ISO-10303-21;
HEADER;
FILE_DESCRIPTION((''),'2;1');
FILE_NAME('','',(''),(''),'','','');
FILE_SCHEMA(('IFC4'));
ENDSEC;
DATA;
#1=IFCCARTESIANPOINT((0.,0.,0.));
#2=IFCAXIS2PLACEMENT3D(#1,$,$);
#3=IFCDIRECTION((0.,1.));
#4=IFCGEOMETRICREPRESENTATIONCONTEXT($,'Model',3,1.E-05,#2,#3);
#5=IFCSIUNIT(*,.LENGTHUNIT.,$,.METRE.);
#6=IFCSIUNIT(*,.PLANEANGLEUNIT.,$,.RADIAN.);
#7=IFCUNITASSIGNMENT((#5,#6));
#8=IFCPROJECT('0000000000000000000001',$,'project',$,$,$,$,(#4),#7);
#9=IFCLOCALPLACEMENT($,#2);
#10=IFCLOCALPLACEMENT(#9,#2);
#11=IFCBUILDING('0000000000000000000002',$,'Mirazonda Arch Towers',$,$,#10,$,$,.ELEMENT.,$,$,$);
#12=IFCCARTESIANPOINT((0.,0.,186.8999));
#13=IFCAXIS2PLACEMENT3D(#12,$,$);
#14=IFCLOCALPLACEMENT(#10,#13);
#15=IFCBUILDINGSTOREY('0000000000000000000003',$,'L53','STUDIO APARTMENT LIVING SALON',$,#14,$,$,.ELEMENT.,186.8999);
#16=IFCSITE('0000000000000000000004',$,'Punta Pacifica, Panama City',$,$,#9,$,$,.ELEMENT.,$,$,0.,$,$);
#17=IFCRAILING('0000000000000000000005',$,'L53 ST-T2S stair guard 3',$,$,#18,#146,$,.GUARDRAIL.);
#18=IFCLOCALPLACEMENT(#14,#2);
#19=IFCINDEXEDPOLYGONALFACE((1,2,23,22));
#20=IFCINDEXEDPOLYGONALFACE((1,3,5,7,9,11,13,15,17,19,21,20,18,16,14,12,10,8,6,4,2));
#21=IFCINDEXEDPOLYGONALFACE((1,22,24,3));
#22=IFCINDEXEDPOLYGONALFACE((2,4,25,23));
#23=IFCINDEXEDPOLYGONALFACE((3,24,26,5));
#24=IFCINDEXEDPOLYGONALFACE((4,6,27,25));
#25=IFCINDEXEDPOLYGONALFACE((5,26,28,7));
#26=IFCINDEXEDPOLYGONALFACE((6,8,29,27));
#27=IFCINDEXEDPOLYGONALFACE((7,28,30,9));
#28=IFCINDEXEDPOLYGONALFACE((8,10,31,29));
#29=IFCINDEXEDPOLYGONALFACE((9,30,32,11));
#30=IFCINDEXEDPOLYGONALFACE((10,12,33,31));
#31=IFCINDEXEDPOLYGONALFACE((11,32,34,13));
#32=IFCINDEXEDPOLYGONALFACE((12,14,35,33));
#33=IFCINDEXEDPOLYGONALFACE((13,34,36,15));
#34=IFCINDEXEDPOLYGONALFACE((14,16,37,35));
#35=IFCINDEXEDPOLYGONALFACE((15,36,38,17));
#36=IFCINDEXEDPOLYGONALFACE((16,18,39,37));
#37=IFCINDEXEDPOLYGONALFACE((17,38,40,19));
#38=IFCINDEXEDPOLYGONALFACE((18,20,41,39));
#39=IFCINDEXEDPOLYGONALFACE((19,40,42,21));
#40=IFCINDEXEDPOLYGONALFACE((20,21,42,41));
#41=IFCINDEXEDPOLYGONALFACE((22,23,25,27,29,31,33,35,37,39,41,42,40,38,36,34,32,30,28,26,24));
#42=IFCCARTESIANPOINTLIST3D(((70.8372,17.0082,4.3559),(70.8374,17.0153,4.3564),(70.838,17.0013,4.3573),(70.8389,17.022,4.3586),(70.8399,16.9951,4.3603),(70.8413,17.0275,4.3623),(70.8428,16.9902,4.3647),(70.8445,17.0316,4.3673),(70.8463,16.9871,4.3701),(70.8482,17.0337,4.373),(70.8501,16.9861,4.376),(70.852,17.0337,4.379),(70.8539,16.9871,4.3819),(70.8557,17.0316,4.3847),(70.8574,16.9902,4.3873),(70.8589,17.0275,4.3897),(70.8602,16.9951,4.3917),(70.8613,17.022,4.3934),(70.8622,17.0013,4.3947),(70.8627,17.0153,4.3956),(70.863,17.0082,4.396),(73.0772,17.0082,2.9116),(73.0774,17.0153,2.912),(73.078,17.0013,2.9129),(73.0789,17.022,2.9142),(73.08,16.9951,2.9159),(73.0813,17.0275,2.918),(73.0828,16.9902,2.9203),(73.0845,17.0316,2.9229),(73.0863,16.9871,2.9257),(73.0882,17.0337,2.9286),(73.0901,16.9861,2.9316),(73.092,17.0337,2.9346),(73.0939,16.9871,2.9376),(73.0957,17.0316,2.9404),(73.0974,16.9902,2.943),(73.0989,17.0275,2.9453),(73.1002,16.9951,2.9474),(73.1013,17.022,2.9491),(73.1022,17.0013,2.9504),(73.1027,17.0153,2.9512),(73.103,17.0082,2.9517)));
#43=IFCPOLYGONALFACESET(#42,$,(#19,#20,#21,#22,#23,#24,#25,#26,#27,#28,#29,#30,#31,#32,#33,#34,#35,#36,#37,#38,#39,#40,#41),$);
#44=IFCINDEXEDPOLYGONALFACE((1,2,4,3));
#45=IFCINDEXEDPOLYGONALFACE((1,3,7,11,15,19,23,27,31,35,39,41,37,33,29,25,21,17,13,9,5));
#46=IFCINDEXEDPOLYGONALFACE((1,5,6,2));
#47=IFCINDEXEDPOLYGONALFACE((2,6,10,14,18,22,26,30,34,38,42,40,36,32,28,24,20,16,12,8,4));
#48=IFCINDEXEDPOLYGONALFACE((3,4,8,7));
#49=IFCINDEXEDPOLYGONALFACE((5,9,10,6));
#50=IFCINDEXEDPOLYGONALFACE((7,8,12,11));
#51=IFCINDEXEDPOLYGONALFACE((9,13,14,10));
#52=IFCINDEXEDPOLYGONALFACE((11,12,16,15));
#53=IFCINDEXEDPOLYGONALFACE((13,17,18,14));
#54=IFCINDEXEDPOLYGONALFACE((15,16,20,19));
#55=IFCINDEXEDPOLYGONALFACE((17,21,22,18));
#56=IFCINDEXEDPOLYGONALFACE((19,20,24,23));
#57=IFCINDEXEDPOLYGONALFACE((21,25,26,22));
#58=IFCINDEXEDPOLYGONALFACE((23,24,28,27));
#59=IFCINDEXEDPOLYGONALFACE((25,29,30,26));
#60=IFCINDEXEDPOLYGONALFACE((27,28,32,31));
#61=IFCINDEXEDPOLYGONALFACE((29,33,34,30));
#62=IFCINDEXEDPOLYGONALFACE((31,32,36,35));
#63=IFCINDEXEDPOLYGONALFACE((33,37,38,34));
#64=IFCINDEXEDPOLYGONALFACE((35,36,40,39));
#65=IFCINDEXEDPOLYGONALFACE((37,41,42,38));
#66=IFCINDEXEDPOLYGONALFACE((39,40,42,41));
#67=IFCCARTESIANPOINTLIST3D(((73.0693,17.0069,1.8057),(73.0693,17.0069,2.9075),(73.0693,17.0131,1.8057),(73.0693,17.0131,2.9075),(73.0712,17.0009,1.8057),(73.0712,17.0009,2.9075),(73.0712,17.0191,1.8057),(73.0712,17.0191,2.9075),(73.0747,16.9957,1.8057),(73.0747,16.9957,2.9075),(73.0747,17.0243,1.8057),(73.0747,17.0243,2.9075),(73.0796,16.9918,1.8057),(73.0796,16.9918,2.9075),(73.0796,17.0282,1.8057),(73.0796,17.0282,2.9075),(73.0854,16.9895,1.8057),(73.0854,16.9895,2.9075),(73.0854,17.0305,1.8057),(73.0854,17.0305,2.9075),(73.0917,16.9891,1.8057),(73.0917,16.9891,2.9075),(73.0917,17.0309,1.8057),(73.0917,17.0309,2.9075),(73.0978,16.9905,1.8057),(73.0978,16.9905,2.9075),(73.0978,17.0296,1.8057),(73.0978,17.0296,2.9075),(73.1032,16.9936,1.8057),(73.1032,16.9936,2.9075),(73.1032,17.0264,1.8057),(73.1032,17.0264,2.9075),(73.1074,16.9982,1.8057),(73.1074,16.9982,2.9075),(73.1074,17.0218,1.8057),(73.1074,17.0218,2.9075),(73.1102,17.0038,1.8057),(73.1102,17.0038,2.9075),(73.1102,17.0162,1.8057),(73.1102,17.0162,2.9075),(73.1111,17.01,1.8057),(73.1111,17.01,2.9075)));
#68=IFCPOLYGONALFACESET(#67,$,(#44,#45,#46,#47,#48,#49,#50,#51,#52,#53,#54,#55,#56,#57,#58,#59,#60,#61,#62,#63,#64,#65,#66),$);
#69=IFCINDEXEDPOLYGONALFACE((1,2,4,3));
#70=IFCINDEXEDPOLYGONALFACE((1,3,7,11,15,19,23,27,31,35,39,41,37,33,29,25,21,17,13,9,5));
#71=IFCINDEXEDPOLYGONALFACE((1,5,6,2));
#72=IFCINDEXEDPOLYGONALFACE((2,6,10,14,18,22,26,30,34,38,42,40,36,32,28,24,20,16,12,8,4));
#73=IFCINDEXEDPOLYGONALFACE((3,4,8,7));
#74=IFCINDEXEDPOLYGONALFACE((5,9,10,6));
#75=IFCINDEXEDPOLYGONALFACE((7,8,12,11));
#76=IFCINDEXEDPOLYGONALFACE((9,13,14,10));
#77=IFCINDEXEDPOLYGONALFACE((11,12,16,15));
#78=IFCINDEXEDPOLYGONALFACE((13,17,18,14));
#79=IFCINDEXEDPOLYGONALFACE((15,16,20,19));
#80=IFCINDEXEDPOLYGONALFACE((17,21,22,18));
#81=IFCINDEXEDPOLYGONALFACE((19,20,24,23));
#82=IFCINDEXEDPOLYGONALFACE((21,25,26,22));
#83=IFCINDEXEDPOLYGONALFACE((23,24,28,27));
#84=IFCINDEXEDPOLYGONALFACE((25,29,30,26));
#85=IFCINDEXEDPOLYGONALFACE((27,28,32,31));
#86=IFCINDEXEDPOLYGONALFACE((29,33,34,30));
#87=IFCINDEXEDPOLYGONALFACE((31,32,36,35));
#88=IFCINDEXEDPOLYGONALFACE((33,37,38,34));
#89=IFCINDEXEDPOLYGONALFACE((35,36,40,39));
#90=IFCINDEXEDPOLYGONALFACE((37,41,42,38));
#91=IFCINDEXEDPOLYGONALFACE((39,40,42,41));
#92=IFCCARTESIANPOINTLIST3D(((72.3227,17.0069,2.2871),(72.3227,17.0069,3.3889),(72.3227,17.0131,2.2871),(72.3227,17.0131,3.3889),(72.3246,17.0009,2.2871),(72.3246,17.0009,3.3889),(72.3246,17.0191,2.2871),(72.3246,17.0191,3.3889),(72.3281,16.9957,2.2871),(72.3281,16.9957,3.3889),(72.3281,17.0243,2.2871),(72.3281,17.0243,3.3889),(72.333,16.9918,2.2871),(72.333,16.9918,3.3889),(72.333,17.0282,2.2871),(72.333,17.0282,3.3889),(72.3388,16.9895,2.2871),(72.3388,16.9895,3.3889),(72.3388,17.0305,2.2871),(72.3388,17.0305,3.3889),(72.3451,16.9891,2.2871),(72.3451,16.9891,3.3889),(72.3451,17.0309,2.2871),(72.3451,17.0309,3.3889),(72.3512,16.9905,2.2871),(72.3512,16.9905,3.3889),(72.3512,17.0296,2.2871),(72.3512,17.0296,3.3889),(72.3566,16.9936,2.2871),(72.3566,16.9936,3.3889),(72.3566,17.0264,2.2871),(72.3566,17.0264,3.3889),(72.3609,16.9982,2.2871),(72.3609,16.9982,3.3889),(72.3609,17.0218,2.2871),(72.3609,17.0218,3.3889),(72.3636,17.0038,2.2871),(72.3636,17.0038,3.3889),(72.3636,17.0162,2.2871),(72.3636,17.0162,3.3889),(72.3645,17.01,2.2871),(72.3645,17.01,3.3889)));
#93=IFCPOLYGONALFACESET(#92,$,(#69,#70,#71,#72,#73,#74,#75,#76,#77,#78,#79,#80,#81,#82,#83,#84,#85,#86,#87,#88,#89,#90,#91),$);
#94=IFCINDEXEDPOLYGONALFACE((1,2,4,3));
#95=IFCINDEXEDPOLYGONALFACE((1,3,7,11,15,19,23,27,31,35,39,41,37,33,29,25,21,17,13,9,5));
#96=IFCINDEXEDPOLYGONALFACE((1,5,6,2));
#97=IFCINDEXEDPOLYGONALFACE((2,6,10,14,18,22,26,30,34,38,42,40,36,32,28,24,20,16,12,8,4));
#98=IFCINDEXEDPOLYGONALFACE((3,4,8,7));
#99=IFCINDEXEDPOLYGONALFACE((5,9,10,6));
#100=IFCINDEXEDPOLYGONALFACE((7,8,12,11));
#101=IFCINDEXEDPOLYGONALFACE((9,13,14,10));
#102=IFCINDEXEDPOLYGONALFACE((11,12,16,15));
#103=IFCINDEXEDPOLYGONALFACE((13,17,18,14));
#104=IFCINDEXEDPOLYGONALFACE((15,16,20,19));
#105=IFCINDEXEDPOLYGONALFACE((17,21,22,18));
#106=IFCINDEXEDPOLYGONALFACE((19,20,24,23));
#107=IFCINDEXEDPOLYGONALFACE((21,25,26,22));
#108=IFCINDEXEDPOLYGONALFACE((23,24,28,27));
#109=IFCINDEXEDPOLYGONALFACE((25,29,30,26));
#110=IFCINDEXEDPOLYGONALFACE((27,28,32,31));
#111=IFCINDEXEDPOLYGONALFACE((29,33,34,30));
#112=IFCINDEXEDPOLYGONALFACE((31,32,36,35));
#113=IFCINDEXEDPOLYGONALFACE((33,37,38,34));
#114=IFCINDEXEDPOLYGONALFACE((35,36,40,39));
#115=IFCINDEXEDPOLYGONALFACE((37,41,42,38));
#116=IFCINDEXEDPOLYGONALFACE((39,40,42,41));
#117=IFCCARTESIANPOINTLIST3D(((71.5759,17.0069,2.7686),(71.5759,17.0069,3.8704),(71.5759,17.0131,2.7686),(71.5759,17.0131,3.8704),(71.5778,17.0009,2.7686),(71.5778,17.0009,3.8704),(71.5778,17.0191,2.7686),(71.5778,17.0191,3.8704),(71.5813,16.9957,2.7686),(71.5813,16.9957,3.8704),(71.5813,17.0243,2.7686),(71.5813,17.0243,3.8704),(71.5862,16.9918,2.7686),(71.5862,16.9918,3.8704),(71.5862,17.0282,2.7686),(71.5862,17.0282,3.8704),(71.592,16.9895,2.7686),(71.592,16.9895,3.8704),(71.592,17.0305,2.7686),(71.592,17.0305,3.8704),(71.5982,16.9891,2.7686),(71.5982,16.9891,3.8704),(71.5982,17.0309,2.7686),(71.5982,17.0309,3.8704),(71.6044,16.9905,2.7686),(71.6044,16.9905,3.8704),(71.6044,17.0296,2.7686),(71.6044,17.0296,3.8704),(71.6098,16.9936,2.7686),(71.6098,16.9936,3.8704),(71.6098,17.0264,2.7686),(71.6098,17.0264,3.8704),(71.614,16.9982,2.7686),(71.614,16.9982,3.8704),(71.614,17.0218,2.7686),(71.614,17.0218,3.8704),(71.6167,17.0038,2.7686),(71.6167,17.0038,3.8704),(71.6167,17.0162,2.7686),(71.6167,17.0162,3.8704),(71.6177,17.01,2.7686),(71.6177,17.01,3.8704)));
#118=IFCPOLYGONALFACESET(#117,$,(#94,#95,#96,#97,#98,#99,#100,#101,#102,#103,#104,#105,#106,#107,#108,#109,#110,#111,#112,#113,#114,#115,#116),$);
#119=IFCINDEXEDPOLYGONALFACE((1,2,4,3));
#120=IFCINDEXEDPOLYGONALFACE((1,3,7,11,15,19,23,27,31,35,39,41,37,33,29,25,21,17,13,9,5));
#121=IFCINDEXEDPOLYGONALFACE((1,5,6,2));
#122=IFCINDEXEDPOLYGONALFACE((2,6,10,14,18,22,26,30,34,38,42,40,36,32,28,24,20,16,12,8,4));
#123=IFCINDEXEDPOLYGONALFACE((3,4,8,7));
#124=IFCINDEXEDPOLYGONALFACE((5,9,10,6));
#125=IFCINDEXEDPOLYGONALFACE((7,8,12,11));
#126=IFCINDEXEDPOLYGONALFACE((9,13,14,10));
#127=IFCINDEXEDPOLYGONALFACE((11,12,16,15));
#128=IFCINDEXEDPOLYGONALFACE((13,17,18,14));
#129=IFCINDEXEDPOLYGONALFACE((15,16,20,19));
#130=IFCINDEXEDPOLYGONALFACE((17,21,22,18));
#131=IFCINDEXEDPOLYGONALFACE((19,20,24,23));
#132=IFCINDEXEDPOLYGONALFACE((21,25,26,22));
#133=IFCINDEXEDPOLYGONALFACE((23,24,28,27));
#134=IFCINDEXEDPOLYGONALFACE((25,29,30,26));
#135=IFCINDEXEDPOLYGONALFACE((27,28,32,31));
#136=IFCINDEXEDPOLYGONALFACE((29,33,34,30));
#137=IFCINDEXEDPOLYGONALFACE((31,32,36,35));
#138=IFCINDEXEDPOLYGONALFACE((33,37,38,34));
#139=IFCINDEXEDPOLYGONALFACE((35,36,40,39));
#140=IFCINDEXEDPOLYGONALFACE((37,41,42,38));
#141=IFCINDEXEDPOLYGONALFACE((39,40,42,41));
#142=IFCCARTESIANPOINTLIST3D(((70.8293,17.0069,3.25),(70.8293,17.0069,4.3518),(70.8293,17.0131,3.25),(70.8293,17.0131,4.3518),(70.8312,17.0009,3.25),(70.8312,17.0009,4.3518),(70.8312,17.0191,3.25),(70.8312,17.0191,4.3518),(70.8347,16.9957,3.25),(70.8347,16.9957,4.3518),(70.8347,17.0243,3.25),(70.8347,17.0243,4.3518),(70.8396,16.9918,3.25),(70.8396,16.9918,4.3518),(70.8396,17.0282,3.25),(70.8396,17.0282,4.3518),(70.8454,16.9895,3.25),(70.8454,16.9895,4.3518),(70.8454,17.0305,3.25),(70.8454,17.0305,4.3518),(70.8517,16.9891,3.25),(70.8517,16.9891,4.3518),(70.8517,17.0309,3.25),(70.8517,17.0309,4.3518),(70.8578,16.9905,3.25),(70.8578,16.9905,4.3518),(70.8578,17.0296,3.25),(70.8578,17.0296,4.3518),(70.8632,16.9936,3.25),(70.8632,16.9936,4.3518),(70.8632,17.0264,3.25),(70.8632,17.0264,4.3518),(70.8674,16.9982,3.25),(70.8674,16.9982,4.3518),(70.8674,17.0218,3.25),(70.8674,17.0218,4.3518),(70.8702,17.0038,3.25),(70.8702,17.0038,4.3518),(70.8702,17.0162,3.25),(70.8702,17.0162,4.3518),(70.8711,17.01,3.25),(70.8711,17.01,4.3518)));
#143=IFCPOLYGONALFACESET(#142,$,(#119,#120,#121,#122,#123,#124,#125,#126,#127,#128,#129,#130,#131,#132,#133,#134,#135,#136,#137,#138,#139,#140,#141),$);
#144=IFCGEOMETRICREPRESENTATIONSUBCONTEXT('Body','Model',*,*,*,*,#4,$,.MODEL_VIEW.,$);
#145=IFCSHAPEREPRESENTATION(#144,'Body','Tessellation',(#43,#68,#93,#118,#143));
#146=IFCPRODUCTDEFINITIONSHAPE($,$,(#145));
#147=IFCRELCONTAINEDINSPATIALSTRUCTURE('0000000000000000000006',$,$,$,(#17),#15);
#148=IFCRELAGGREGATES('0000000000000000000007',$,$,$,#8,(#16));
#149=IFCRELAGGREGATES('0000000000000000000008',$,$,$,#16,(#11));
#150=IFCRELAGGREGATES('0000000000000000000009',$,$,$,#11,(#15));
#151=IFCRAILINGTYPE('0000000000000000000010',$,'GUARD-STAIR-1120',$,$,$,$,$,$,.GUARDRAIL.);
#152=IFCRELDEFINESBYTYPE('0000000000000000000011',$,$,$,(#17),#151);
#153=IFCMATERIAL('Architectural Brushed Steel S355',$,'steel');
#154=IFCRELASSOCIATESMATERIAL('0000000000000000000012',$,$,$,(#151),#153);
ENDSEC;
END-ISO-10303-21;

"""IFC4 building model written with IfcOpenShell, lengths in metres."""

from ifc_helpers import new_model, si_unit, direction, frame, origin, origin_2d, place, context, subcontext, project, spatial, circle, extrude, material, type_object, element, save


model = new_model("IFC4")

# Units and contexts
model_context = context("Model", 3, precision=1e-05, world=origin(), true_north=direction((0.0, 1.0)))
body_context = subcontext(model_context, "Body", "Model", "MODEL_VIEW")
ifc_project = project(units=[si_unit("LENGTHUNIT", "METRE"), si_unit("PLANEANGLEUNIT", "RADIAN")], contexts=[model_context])

# Site, building, storey
site_placement = place(None, origin())
site = spatial("IfcSite", under=ifc_project, at=site_placement, Name="Punta Pacifica, Panama City", CompositionType="ELEMENT", RefElevation=0.0)
building_placement = place(site_placement, origin())
building = spatial("IfcBuilding", under=site, at=building_placement, Name="Mirazonda Arch Towers", CompositionType="ELEMENT")
storey_placement = place(building_placement, frame((0.0, 0.0, 186.8999)))
storey = spatial("IfcBuildingStorey", under=building, at=storey_placement, Name="L53", Description="STUDIO APARTMENT LIVING SALON", CompositionType="ELEMENT", Elevation=186.8999)

# Shared definitions
ifc_material_1 = material(Name="Architectural Brushed Steel S355", Category="steel")

# Railing
railing_type_1 = type_object("IfcRailingType", Name="GUARD-STAIR-1120", PredefinedType="GUARDRAIL", material=ifc_material_1)
railing_1_placement = place(storey_placement, frame((73.0901, 17.01, 1.8057)))
element("IfcRailing", 1, at=railing_1_placement, inside=storey, type_object=railing_type_1, Name="L53 ST-T2S stair guard 3", PredefinedType="GUARDRAIL", context=body_context, shape_type="SweptSolid", body=[
    extrude(circle(Radius=0.0239, at=origin_2d()), frame((0.0, 0.0, 1.126), z_axis=(-0.840437, 0.0, 0.54191), x_axis=(0.0, -1.0, 0.0)), (0.0, 0.0, 1.0), 2.6653),
    extrude(circle(Radius=0.021, at=origin_2d()), origin(), (0.0, 0.0, 1.0), 1.1018),
    extrude(circle(Radius=0.021, at=origin_2d()), frame((-0.7466, 0.0, 0.4814)), (0.0, 0.0, 1.0), 1.1018),
    extrude(circle(Radius=0.021, at=origin_2d()), frame((-1.4934, 0.0, 0.9629)), (0.0, 0.0, 1.0), 1.1018),
    extrude(circle(Radius=0.021, at=origin_2d()), frame((-2.24, 0.0, 1.4443)), (0.0, 0.0, 1.0), 1.1018),
])

save(model, "model.ifc")
